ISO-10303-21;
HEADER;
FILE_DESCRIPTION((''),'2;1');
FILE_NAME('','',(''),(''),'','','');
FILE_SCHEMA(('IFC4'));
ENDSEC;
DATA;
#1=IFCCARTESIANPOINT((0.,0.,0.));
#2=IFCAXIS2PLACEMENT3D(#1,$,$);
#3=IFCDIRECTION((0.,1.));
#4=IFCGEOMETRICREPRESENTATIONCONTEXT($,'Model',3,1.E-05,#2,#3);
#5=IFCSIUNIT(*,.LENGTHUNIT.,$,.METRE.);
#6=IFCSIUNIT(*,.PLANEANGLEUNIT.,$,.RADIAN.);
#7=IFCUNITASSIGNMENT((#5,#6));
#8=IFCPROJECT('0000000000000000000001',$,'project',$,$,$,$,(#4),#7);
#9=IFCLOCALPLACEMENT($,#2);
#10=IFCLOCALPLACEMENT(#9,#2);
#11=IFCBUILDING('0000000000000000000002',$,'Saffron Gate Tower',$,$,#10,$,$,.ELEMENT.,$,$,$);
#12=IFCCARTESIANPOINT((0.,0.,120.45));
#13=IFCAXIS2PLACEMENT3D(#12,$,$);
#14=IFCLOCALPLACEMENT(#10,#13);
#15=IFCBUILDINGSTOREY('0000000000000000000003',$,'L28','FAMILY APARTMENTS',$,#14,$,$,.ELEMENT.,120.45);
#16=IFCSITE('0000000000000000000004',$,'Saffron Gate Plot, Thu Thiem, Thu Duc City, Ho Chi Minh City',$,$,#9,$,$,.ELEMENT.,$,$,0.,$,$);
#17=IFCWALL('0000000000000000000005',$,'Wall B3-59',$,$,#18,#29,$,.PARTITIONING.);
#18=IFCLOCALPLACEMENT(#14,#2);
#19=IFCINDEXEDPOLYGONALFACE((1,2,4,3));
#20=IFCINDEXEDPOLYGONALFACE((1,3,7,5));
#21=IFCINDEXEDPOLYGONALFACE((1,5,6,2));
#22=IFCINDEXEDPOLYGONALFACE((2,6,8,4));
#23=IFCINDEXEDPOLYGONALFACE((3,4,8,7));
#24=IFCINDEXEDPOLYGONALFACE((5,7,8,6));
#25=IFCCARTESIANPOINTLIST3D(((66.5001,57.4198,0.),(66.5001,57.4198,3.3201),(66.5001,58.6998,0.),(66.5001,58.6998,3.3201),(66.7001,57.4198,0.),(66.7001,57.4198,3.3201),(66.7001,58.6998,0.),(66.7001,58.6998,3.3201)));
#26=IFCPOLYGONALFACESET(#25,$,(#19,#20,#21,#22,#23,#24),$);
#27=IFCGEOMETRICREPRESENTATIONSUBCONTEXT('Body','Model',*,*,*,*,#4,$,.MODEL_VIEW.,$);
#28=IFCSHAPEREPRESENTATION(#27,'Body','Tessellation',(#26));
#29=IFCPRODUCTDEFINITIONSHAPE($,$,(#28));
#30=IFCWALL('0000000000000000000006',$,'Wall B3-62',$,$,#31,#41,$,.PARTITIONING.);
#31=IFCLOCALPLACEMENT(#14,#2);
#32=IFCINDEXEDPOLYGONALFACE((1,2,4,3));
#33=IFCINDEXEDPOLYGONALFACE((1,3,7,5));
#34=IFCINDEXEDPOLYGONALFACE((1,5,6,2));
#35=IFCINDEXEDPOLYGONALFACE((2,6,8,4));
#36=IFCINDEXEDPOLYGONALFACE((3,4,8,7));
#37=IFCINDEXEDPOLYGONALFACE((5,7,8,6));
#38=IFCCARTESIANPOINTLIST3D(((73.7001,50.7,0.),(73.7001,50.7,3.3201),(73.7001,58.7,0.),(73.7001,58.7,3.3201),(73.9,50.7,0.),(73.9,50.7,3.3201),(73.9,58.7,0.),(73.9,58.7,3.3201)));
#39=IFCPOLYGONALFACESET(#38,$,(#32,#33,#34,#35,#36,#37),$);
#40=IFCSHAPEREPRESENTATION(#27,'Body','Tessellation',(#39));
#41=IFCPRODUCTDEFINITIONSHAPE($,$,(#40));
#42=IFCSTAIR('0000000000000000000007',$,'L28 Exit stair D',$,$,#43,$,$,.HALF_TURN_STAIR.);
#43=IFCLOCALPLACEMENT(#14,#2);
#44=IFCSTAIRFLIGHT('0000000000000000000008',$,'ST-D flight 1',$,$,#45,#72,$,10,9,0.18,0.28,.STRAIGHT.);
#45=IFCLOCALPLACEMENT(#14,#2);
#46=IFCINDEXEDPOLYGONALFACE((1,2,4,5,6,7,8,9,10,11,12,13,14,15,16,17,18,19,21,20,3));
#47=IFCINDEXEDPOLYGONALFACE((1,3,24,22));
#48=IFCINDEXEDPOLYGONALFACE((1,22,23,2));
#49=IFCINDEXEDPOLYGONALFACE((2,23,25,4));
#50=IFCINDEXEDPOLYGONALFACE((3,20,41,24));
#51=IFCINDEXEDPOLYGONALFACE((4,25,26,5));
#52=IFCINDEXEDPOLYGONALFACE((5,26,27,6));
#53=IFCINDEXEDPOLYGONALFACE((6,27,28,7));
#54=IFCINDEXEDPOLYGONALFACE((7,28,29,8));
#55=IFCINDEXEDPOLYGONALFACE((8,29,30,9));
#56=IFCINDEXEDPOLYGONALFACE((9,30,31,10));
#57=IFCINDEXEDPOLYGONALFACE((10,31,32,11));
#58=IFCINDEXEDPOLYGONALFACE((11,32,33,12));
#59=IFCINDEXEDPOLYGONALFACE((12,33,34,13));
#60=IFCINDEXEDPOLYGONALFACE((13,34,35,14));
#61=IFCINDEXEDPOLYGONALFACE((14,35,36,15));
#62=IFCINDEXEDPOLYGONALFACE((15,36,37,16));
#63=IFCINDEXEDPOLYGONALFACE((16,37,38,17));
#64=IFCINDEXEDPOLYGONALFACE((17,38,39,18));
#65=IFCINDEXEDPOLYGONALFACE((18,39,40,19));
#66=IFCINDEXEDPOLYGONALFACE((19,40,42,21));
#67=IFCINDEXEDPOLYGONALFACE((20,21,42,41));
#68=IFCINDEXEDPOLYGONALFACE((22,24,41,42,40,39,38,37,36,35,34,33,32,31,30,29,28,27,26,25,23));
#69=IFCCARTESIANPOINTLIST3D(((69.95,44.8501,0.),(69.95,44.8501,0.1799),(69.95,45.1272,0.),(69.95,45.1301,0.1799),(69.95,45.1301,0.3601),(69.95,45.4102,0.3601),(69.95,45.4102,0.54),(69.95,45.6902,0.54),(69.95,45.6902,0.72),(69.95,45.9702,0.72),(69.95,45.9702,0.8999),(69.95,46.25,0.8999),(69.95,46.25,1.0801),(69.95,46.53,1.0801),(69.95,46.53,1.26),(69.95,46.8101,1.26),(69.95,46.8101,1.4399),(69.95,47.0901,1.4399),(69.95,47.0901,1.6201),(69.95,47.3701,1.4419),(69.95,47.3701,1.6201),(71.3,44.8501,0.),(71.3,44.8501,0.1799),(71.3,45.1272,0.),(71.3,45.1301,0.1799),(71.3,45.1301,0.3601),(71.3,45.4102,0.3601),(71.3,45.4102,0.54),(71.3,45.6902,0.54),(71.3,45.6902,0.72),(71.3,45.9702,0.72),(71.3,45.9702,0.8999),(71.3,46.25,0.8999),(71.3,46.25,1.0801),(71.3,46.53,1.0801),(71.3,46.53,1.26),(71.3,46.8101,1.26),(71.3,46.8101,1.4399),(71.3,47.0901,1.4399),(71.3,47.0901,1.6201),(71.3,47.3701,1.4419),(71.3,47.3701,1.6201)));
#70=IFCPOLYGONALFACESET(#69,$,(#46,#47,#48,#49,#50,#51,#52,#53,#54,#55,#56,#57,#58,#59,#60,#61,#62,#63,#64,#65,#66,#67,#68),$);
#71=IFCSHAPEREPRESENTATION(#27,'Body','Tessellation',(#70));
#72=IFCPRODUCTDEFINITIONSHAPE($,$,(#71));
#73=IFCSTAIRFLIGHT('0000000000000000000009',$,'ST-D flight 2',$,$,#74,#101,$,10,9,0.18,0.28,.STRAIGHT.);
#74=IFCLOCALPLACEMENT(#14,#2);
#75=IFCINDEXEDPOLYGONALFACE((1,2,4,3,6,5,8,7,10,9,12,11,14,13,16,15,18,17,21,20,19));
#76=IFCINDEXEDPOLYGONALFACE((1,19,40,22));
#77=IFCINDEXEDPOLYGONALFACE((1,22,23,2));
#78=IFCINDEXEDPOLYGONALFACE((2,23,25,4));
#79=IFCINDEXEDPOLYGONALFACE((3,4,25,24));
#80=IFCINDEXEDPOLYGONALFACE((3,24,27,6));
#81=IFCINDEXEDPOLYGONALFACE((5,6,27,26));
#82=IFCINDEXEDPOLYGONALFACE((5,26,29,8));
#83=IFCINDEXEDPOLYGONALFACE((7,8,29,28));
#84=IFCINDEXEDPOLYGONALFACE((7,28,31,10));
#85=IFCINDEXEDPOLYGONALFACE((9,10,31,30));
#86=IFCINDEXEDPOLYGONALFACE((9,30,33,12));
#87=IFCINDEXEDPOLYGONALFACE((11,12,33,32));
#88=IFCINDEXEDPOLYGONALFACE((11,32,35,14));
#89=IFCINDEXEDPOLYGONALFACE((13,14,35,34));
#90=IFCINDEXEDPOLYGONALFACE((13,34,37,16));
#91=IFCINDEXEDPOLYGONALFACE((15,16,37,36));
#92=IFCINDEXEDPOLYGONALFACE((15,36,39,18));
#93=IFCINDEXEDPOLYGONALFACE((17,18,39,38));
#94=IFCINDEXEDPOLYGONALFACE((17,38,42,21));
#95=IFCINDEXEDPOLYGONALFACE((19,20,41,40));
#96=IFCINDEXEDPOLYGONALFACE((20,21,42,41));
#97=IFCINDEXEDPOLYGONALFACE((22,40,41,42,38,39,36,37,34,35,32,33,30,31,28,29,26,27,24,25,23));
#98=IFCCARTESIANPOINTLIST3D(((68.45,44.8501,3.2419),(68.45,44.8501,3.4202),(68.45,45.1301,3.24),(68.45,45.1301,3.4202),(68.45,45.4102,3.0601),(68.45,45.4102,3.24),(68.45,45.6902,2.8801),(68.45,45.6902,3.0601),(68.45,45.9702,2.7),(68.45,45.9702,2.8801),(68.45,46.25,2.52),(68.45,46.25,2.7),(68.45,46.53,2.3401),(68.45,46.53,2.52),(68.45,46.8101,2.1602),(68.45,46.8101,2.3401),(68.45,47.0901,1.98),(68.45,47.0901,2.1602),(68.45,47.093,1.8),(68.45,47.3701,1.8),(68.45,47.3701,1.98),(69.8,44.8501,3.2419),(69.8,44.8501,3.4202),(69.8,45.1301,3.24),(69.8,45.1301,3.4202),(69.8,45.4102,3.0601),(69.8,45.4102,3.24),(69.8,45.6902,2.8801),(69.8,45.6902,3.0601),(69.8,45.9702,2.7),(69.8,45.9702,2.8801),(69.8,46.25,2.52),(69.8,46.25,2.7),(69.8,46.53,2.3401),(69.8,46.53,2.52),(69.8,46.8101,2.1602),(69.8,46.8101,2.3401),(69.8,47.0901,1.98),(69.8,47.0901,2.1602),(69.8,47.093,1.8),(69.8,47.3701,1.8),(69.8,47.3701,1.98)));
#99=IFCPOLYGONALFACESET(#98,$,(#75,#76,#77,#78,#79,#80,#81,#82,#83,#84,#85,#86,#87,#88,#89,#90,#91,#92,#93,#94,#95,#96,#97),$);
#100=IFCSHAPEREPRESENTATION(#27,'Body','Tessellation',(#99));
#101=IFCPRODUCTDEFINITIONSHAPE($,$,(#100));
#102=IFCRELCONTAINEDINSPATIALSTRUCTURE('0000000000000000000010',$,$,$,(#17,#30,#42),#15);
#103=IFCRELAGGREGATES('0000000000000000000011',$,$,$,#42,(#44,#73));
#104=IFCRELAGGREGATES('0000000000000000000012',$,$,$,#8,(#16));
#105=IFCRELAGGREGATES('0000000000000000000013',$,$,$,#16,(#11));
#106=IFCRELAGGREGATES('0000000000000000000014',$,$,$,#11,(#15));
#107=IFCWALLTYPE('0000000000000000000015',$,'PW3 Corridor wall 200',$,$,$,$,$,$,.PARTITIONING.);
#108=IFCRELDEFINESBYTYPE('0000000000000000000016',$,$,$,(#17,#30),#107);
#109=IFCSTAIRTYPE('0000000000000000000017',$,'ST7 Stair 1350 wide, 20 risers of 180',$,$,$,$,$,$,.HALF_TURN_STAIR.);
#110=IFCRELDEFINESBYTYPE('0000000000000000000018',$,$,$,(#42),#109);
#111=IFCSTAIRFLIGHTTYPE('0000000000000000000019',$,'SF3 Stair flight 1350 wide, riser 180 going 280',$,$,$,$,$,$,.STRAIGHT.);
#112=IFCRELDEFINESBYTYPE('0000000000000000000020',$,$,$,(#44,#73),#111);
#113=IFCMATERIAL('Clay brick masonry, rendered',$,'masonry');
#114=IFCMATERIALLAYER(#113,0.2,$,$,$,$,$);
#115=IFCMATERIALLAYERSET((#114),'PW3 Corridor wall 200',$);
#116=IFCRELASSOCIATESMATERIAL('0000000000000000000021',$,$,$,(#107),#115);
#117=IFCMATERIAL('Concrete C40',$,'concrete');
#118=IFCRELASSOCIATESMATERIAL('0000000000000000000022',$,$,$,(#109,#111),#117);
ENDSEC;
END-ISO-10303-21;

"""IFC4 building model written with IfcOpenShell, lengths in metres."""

from ifc_helpers import new_model, si_unit, direction, frame, frame_2d, origin, place, context, subcontext, project, spatial, polyline, rectangle, outline, extrude, material, layer, layer_set, type_object, element, aggregate, save


model = new_model("IFC4")

# Units and contexts
model_context = context("Model", 3, precision=1e-05, world=origin(), true_north=direction((0.0, 1.0)))
body_context = subcontext(model_context, "Body", "Model", "MODEL_VIEW")
ifc_project = project(units=[si_unit("LENGTHUNIT", "METRE"), si_unit("PLANEANGLEUNIT", "RADIAN")], contexts=[model_context])

# Site, building, storey
site_placement = place(None, origin())
site = spatial("IfcSite", under=ifc_project, at=site_placement, Name="Saffron Gate Plot, Thu Thiem, Thu Duc City, Ho Chi Minh City", CompositionType="ELEMENT", RefElevation=0.0)
building_placement = place(site_placement, origin())
building = spatial("IfcBuilding", under=site, at=building_placement, Name="Saffron Gate Tower", CompositionType="ELEMENT")
storey_placement = place(building_placement, frame((0.0, 0.0, 120.45)))
storey = spatial("IfcBuildingStorey", under=building, at=storey_placement, Name="L28", Description="FAMILY APARTMENTS", CompositionType="ELEMENT", Elevation=120.45)

# Shared definitions
ifc_material_1 = material(Name="Clay brick masonry, rendered", Category="masonry")
ifc_layer_1 = layer(ifc_material_1, 0.2)
ifc_layer_set_1 = layer_set([ifc_layer_1], Name="PW3 Corridor wall 200")
wall_type_1 = type_object("IfcWallType", Name="PW3 Corridor wall 200", PredefinedType="PARTITIONING", material=ifc_layer_set_1)

# Walls
wall_1_placement = place(storey_placement, frame((66.6001, 58.7, 0.0), z_axis=(0.0, 0.0, 1.0), x_axis=(0.0, -1.0, 0.0)))
element("IfcWall", 1, at=wall_1_placement, inside=storey, type_object=wall_type_1, Name="Wall B3-59", PredefinedType="PARTITIONING", context=body_context, shape_type="SweptSolid", body=[
    extrude(rectangle(XDim=1.28, YDim=0.2, at=frame_2d((0.6401, 0.0))), origin(), (0.0, 0.0, 1.0), 3.3201),
])
wall_2_placement = place(storey_placement, frame((73.8, 58.7, 0.0), z_axis=(0.0, 0.0, 1.0), x_axis=(0.0, -1.0, 0.0)))
element("IfcWall", 2, at=wall_2_placement, inside=storey, type_object=wall_type_1, Name="Wall B3-62", PredefinedType="PARTITIONING", context=body_context, shape_type="SweptSolid", body=[
    extrude(rectangle(XDim=8.0, YDim=0.2, at=frame_2d((4.0, 0.0))), origin(), (0.0, 0.0, 1.0), 3.3201),
])

# Stair, stair flights
ifc_material_2 = material(Name="Concrete C40", Category="concrete")
stair_type = type_object("IfcStairType", Name="ST7 Stair 1350 wide, 20 risers of 180", PredefinedType="HALF_TURN_STAIR", material=ifc_material_2)
stair_placement = place(storey_placement, origin())
stair = element("IfcStair", 3, at=stair_placement, inside=storey, type_object=stair_type, Name="L28 Exit stair D", PredefinedType="HALF_TURN_STAIR")
stair_flight_type = type_object("IfcStairFlightType", Name="SF3 Stair flight 1350 wide, riser 180 going 280", PredefinedType="STRAIGHT", material=ifc_material_2)
stair_flight_1_placement = place(storey_placement, frame((70.625, 44.8501, 0.0), z_axis=(0.0, 0.0, 1.0), x_axis=(0.0, 1.0, 0.0)))
stair_flight_1 = element("IfcStairFlight", 4, at=stair_flight_1_placement, type_object=stair_flight_type, Name="ST-D flight 1", NumberOfRisers=10, NumberOfTreads=9, PredefinedType="STRAIGHT", RiserHeight=0.18, TreadLength=0.28, context=body_context, shape_type="SweptSolid", body=[
    extrude(outline(polyline([(0.0, 0.0), (0.0, 0.1799), (0.28, 0.1799), (0.28, 0.3601), (0.5601, 0.3601), (0.5601, 0.54), (0.8401, 0.54), (0.8401, 0.72), (1.1201, 0.72), (1.1201, 0.8999), (1.3999, 0.8999), (1.3999, 1.0801), (1.6799, 1.0801), (1.6799, 1.26), (1.96, 1.26), (1.96, 1.4399), (2.24, 1.4399), (2.24, 1.6201), (2.52, 1.6201), (2.52, 1.8), (2.52, 1.4419), (0.2771, 0.0), (0.0, 0.0)])), frame((0.0, 0.675, 0.0), z_axis=(0.0, -1.0, 0.0), x_axis=(1.0, 0.0, 0.0)), (0.0, 0.0, 1.0), 1.3501),
])
stair_flight_2_placement = place(storey_placement, frame((69.125, 47.3701, 1.8), z_axis=(0.0, 0.0, 1.0), x_axis=(0.0, -1.0, 0.0)))
stair_flight_2 = element("IfcStairFlight", 5, at=stair_flight_2_placement, type_object=stair_flight_type, Name="ST-D flight 2", NumberOfRisers=10, NumberOfTreads=9, PredefinedType="STRAIGHT", RiserHeight=0.18, TreadLength=0.28, context=body_context, shape_type="SweptSolid", body=[
    extrude(outline(polyline([(0.0, 0.0), (0.0, 0.1799), (0.28, 0.1799), (0.28, 0.3601), (0.5601, 0.3601), (0.5601, 0.54), (0.8401, 0.54), (0.8401, 0.72), (1.1201, 0.72), (1.1201, 0.8999), (1.3999, 0.8999), (1.3999, 1.0801), (1.6799, 1.0801), (1.6799, 1.26), (1.96, 1.26), (1.96, 1.4399), (2.24, 1.4399), (2.24, 1.6201), (2.52, 1.6201), (2.52, 1.8), (2.52, 1.4419), (0.2771, 0.0), (0.0, 0.0)])), frame((0.0, 0.675, 0.0), z_axis=(0.0, -1.0, 0.0), x_axis=(1.0, 0.0, 0.0)), (0.0, 0.0, 1.0), 1.3501),
])
aggregate(stair, [stair_flight_1, stair_flight_2])

save(model, "model.ifc")
